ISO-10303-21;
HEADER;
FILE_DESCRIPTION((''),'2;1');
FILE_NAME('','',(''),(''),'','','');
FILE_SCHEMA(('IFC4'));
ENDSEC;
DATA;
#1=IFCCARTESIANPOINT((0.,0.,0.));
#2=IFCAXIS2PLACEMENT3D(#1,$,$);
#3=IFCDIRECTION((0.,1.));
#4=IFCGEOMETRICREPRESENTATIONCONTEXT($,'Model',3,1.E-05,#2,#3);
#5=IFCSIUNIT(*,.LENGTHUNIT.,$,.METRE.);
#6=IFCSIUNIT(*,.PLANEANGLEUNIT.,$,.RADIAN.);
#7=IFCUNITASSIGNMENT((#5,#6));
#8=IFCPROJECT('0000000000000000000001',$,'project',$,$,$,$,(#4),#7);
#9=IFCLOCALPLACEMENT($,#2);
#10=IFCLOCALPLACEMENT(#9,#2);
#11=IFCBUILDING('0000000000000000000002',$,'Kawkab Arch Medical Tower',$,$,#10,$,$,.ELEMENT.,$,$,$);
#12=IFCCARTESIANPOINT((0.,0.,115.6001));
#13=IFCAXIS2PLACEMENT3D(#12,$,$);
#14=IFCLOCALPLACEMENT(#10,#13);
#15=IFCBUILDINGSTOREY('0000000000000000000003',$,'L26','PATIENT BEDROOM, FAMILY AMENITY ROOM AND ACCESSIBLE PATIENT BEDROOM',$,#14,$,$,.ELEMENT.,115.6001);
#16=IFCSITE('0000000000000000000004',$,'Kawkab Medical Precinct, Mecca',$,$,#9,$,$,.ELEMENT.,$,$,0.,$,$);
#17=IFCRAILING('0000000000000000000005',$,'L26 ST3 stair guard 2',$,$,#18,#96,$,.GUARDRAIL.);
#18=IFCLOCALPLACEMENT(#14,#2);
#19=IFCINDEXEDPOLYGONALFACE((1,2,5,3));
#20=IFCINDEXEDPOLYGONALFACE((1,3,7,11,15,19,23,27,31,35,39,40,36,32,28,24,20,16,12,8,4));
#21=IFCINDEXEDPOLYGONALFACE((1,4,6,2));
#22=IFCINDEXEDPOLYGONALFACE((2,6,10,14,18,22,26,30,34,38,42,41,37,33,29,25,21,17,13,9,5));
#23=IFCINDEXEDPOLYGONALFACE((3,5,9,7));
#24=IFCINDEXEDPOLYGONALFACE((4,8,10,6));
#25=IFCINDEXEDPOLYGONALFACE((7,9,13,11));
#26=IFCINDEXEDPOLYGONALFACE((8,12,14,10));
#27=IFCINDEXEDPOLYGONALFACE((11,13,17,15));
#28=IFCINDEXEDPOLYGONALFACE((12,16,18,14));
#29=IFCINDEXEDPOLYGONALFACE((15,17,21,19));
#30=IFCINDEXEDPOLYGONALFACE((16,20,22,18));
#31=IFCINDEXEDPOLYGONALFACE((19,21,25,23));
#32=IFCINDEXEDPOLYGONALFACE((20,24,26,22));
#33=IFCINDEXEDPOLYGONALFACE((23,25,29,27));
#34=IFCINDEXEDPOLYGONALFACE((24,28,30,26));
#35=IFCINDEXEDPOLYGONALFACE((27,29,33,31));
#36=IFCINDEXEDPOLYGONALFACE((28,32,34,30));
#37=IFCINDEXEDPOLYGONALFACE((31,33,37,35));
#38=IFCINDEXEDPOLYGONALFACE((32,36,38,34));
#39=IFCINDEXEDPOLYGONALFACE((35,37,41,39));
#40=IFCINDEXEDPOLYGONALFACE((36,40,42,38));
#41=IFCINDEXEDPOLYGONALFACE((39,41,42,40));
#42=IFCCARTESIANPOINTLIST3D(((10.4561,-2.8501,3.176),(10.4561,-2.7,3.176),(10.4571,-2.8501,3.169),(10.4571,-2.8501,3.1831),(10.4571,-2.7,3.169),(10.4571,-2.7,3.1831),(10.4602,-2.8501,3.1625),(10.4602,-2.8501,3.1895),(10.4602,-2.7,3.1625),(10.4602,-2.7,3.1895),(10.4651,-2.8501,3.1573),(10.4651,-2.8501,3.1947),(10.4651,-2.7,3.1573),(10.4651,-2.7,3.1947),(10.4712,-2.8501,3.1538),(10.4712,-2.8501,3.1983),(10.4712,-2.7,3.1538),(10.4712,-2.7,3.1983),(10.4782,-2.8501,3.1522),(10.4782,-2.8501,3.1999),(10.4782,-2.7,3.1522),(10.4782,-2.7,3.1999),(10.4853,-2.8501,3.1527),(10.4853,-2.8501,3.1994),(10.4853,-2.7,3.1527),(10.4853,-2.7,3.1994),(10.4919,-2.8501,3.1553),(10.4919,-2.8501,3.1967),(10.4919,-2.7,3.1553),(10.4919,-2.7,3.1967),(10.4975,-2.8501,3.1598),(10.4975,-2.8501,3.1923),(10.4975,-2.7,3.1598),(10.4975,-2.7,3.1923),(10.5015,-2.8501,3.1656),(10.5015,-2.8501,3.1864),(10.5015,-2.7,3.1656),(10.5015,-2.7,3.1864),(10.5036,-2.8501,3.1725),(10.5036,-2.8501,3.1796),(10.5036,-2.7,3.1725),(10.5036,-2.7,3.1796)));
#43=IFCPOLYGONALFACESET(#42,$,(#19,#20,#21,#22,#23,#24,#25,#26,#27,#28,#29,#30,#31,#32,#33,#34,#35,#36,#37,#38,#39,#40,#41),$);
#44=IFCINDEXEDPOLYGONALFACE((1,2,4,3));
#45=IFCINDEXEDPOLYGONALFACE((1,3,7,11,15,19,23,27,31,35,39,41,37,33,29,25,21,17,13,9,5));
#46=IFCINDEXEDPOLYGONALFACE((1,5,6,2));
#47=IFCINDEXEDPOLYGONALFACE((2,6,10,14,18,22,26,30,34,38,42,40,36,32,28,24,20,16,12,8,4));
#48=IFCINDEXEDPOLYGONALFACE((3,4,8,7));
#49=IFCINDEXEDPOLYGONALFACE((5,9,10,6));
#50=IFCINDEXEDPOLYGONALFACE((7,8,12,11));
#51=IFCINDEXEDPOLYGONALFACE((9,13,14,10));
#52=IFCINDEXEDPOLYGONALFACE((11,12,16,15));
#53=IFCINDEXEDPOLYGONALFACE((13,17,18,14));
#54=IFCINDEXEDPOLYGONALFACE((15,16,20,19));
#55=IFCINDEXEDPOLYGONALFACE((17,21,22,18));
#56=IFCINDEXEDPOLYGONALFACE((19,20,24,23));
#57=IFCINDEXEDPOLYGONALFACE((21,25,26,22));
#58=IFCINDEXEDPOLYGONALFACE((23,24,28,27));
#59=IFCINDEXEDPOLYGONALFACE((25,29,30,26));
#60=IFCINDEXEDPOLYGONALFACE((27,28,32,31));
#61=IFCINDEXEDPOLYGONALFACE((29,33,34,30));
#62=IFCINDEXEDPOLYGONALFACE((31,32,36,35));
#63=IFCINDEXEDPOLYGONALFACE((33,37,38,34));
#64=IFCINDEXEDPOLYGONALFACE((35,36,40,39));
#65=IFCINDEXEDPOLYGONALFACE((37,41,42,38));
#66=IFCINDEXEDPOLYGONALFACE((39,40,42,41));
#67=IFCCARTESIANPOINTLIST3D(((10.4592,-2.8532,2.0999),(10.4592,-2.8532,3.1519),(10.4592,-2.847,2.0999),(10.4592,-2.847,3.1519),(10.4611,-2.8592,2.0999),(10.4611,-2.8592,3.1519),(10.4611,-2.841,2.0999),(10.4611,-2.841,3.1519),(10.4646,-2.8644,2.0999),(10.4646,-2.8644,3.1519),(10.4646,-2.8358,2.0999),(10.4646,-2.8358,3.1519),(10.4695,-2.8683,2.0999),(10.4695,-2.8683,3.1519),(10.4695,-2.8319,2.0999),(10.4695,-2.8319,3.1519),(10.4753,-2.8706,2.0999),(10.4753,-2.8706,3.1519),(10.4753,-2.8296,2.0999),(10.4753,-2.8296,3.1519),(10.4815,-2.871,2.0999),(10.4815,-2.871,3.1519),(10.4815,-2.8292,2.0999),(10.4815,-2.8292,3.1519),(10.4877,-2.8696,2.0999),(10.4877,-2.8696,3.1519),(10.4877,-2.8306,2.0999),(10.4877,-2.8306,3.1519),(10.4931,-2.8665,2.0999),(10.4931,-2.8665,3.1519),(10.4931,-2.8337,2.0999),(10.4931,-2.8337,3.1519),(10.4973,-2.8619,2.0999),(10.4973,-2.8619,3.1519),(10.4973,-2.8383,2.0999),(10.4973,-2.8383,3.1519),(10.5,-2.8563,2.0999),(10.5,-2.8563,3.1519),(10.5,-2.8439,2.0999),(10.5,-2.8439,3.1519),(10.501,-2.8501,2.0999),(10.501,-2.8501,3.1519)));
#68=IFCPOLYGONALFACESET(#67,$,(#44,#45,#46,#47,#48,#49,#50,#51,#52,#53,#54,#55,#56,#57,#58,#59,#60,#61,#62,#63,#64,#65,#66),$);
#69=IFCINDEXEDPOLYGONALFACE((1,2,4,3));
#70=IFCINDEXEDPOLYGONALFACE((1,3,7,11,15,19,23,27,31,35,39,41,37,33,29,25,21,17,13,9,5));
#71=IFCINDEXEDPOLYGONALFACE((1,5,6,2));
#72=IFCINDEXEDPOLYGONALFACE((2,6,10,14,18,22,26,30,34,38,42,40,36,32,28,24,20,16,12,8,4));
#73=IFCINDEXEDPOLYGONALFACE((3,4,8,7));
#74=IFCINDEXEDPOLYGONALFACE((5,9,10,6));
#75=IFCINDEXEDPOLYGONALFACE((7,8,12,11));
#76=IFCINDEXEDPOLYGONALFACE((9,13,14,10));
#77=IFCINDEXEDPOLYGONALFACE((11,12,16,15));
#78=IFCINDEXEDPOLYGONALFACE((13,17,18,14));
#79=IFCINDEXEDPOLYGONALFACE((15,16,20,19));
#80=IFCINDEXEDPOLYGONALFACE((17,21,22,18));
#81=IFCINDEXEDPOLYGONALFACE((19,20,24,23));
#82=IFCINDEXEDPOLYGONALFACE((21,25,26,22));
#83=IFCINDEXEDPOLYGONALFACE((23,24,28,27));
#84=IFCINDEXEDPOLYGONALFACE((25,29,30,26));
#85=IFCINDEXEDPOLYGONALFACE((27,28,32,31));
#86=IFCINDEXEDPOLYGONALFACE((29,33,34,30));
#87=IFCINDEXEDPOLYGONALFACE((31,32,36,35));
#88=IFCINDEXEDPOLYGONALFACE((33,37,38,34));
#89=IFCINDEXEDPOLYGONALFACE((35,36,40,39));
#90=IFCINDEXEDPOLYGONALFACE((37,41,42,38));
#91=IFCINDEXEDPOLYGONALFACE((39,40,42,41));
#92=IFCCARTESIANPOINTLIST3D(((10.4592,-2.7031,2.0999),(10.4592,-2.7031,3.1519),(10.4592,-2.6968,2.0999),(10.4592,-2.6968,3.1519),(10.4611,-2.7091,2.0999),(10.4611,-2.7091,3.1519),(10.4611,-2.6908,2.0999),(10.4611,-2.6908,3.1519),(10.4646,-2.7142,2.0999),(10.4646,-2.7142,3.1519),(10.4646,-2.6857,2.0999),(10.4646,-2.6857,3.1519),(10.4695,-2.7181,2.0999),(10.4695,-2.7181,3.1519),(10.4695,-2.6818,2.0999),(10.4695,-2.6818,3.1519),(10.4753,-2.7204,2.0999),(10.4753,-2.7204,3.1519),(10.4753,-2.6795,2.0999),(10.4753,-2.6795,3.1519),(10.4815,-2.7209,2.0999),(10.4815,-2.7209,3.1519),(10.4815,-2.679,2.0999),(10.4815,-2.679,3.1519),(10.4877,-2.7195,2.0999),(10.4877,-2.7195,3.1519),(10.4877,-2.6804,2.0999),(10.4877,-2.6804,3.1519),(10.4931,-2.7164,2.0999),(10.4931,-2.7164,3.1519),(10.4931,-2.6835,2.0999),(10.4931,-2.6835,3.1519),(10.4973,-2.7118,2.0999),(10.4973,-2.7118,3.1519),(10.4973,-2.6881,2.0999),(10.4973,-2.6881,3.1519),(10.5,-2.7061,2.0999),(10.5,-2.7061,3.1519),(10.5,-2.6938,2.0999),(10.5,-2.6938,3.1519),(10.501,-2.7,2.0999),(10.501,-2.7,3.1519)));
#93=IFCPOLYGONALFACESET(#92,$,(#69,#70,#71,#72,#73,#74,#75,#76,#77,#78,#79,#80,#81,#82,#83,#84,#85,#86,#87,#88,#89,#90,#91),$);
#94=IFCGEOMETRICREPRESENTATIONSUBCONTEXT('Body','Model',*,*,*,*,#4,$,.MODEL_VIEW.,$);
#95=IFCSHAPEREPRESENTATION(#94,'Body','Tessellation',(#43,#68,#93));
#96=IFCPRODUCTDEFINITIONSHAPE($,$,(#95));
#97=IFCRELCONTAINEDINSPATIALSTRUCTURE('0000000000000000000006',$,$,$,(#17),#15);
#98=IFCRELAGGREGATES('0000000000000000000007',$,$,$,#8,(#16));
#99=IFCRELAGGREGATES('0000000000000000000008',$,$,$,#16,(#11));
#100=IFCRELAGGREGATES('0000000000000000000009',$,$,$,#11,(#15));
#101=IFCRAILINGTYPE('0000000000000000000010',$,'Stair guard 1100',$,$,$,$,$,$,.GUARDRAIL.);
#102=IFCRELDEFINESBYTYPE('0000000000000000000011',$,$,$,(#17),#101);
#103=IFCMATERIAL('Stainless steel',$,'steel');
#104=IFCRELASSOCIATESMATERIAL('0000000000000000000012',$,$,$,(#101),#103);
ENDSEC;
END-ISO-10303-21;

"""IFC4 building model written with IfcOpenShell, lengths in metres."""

from ifc_helpers import new_model, si_unit, direction, frame, origin, origin_2d, place, context, subcontext, project, spatial, circle, extrude, material, type_object, element, save


model = new_model("IFC4")

# Units and contexts
model_context = context("Model", 3, precision=1e-05, world=origin(), true_north=direction((0.0, 1.0)))
body_context = subcontext(model_context, "Body", "Model", "MODEL_VIEW")
ifc_project = project(units=[si_unit("LENGTHUNIT", "METRE"), si_unit("PLANEANGLEUNIT", "RADIAN")], contexts=[model_context])

# Site, building, storey
site_placement = place(None, origin())
site = spatial("IfcSite", under=ifc_project, at=site_placement, Name="Kawkab Medical Precinct, Mecca", CompositionType="ELEMENT", RefElevation=0.0)
building_placement = place(site_placement, origin())
building = spatial("IfcBuilding", under=site, at=building_placement, Name="Kawkab Arch Medical Tower", CompositionType="ELEMENT")
storey_placement = place(building_placement, frame((0.0, 0.0, 115.6001)))
storey = spatial("IfcBuildingStorey", under=building, at=storey_placement, Name="L26", Description="PATIENT BEDROOM, FAMILY AMENITY ROOM AND ACCESSIBLE PATIENT BEDROOM", CompositionType="ELEMENT", Elevation=115.6001)

# Railing
ifc_material_1 = material(Name="Stainless steel", Category="steel")
railing_type_1 = type_object("IfcRailingType", Name="Stair guard 1100", PredefinedType="GUARDRAIL", material=ifc_material_1)
railing_1_placement = place(storey_placement, frame((10.48, -2.8501, 2.0999)))
element("IfcRailing", 1, at=railing_1_placement, inside=storey, type_object=railing_type_1, Name="L26 ST3 stair guard 2", PredefinedType="GUARDRAIL", context=body_context, shape_type="SweptSolid", body=[
    extrude(circle(Radius=0.0239, at=origin_2d()), frame((0.0, 0.0, 1.0762), z_axis=(0.0, 1.0, 0.0), x_axis=(-1.0, 0.0, 0.0)), (0.0, 0.0, 1.0), 0.1501),
    extrude(circle(Radius=0.021, at=origin_2d()), origin(), (0.0, 0.0, 1.0), 1.052),
    extrude(circle(Radius=0.021, at=origin_2d()), frame((0.0, 0.1501, 0.0)), (0.0, 0.0, 1.0), 1.052),
])

save(model, "model.ifc")
